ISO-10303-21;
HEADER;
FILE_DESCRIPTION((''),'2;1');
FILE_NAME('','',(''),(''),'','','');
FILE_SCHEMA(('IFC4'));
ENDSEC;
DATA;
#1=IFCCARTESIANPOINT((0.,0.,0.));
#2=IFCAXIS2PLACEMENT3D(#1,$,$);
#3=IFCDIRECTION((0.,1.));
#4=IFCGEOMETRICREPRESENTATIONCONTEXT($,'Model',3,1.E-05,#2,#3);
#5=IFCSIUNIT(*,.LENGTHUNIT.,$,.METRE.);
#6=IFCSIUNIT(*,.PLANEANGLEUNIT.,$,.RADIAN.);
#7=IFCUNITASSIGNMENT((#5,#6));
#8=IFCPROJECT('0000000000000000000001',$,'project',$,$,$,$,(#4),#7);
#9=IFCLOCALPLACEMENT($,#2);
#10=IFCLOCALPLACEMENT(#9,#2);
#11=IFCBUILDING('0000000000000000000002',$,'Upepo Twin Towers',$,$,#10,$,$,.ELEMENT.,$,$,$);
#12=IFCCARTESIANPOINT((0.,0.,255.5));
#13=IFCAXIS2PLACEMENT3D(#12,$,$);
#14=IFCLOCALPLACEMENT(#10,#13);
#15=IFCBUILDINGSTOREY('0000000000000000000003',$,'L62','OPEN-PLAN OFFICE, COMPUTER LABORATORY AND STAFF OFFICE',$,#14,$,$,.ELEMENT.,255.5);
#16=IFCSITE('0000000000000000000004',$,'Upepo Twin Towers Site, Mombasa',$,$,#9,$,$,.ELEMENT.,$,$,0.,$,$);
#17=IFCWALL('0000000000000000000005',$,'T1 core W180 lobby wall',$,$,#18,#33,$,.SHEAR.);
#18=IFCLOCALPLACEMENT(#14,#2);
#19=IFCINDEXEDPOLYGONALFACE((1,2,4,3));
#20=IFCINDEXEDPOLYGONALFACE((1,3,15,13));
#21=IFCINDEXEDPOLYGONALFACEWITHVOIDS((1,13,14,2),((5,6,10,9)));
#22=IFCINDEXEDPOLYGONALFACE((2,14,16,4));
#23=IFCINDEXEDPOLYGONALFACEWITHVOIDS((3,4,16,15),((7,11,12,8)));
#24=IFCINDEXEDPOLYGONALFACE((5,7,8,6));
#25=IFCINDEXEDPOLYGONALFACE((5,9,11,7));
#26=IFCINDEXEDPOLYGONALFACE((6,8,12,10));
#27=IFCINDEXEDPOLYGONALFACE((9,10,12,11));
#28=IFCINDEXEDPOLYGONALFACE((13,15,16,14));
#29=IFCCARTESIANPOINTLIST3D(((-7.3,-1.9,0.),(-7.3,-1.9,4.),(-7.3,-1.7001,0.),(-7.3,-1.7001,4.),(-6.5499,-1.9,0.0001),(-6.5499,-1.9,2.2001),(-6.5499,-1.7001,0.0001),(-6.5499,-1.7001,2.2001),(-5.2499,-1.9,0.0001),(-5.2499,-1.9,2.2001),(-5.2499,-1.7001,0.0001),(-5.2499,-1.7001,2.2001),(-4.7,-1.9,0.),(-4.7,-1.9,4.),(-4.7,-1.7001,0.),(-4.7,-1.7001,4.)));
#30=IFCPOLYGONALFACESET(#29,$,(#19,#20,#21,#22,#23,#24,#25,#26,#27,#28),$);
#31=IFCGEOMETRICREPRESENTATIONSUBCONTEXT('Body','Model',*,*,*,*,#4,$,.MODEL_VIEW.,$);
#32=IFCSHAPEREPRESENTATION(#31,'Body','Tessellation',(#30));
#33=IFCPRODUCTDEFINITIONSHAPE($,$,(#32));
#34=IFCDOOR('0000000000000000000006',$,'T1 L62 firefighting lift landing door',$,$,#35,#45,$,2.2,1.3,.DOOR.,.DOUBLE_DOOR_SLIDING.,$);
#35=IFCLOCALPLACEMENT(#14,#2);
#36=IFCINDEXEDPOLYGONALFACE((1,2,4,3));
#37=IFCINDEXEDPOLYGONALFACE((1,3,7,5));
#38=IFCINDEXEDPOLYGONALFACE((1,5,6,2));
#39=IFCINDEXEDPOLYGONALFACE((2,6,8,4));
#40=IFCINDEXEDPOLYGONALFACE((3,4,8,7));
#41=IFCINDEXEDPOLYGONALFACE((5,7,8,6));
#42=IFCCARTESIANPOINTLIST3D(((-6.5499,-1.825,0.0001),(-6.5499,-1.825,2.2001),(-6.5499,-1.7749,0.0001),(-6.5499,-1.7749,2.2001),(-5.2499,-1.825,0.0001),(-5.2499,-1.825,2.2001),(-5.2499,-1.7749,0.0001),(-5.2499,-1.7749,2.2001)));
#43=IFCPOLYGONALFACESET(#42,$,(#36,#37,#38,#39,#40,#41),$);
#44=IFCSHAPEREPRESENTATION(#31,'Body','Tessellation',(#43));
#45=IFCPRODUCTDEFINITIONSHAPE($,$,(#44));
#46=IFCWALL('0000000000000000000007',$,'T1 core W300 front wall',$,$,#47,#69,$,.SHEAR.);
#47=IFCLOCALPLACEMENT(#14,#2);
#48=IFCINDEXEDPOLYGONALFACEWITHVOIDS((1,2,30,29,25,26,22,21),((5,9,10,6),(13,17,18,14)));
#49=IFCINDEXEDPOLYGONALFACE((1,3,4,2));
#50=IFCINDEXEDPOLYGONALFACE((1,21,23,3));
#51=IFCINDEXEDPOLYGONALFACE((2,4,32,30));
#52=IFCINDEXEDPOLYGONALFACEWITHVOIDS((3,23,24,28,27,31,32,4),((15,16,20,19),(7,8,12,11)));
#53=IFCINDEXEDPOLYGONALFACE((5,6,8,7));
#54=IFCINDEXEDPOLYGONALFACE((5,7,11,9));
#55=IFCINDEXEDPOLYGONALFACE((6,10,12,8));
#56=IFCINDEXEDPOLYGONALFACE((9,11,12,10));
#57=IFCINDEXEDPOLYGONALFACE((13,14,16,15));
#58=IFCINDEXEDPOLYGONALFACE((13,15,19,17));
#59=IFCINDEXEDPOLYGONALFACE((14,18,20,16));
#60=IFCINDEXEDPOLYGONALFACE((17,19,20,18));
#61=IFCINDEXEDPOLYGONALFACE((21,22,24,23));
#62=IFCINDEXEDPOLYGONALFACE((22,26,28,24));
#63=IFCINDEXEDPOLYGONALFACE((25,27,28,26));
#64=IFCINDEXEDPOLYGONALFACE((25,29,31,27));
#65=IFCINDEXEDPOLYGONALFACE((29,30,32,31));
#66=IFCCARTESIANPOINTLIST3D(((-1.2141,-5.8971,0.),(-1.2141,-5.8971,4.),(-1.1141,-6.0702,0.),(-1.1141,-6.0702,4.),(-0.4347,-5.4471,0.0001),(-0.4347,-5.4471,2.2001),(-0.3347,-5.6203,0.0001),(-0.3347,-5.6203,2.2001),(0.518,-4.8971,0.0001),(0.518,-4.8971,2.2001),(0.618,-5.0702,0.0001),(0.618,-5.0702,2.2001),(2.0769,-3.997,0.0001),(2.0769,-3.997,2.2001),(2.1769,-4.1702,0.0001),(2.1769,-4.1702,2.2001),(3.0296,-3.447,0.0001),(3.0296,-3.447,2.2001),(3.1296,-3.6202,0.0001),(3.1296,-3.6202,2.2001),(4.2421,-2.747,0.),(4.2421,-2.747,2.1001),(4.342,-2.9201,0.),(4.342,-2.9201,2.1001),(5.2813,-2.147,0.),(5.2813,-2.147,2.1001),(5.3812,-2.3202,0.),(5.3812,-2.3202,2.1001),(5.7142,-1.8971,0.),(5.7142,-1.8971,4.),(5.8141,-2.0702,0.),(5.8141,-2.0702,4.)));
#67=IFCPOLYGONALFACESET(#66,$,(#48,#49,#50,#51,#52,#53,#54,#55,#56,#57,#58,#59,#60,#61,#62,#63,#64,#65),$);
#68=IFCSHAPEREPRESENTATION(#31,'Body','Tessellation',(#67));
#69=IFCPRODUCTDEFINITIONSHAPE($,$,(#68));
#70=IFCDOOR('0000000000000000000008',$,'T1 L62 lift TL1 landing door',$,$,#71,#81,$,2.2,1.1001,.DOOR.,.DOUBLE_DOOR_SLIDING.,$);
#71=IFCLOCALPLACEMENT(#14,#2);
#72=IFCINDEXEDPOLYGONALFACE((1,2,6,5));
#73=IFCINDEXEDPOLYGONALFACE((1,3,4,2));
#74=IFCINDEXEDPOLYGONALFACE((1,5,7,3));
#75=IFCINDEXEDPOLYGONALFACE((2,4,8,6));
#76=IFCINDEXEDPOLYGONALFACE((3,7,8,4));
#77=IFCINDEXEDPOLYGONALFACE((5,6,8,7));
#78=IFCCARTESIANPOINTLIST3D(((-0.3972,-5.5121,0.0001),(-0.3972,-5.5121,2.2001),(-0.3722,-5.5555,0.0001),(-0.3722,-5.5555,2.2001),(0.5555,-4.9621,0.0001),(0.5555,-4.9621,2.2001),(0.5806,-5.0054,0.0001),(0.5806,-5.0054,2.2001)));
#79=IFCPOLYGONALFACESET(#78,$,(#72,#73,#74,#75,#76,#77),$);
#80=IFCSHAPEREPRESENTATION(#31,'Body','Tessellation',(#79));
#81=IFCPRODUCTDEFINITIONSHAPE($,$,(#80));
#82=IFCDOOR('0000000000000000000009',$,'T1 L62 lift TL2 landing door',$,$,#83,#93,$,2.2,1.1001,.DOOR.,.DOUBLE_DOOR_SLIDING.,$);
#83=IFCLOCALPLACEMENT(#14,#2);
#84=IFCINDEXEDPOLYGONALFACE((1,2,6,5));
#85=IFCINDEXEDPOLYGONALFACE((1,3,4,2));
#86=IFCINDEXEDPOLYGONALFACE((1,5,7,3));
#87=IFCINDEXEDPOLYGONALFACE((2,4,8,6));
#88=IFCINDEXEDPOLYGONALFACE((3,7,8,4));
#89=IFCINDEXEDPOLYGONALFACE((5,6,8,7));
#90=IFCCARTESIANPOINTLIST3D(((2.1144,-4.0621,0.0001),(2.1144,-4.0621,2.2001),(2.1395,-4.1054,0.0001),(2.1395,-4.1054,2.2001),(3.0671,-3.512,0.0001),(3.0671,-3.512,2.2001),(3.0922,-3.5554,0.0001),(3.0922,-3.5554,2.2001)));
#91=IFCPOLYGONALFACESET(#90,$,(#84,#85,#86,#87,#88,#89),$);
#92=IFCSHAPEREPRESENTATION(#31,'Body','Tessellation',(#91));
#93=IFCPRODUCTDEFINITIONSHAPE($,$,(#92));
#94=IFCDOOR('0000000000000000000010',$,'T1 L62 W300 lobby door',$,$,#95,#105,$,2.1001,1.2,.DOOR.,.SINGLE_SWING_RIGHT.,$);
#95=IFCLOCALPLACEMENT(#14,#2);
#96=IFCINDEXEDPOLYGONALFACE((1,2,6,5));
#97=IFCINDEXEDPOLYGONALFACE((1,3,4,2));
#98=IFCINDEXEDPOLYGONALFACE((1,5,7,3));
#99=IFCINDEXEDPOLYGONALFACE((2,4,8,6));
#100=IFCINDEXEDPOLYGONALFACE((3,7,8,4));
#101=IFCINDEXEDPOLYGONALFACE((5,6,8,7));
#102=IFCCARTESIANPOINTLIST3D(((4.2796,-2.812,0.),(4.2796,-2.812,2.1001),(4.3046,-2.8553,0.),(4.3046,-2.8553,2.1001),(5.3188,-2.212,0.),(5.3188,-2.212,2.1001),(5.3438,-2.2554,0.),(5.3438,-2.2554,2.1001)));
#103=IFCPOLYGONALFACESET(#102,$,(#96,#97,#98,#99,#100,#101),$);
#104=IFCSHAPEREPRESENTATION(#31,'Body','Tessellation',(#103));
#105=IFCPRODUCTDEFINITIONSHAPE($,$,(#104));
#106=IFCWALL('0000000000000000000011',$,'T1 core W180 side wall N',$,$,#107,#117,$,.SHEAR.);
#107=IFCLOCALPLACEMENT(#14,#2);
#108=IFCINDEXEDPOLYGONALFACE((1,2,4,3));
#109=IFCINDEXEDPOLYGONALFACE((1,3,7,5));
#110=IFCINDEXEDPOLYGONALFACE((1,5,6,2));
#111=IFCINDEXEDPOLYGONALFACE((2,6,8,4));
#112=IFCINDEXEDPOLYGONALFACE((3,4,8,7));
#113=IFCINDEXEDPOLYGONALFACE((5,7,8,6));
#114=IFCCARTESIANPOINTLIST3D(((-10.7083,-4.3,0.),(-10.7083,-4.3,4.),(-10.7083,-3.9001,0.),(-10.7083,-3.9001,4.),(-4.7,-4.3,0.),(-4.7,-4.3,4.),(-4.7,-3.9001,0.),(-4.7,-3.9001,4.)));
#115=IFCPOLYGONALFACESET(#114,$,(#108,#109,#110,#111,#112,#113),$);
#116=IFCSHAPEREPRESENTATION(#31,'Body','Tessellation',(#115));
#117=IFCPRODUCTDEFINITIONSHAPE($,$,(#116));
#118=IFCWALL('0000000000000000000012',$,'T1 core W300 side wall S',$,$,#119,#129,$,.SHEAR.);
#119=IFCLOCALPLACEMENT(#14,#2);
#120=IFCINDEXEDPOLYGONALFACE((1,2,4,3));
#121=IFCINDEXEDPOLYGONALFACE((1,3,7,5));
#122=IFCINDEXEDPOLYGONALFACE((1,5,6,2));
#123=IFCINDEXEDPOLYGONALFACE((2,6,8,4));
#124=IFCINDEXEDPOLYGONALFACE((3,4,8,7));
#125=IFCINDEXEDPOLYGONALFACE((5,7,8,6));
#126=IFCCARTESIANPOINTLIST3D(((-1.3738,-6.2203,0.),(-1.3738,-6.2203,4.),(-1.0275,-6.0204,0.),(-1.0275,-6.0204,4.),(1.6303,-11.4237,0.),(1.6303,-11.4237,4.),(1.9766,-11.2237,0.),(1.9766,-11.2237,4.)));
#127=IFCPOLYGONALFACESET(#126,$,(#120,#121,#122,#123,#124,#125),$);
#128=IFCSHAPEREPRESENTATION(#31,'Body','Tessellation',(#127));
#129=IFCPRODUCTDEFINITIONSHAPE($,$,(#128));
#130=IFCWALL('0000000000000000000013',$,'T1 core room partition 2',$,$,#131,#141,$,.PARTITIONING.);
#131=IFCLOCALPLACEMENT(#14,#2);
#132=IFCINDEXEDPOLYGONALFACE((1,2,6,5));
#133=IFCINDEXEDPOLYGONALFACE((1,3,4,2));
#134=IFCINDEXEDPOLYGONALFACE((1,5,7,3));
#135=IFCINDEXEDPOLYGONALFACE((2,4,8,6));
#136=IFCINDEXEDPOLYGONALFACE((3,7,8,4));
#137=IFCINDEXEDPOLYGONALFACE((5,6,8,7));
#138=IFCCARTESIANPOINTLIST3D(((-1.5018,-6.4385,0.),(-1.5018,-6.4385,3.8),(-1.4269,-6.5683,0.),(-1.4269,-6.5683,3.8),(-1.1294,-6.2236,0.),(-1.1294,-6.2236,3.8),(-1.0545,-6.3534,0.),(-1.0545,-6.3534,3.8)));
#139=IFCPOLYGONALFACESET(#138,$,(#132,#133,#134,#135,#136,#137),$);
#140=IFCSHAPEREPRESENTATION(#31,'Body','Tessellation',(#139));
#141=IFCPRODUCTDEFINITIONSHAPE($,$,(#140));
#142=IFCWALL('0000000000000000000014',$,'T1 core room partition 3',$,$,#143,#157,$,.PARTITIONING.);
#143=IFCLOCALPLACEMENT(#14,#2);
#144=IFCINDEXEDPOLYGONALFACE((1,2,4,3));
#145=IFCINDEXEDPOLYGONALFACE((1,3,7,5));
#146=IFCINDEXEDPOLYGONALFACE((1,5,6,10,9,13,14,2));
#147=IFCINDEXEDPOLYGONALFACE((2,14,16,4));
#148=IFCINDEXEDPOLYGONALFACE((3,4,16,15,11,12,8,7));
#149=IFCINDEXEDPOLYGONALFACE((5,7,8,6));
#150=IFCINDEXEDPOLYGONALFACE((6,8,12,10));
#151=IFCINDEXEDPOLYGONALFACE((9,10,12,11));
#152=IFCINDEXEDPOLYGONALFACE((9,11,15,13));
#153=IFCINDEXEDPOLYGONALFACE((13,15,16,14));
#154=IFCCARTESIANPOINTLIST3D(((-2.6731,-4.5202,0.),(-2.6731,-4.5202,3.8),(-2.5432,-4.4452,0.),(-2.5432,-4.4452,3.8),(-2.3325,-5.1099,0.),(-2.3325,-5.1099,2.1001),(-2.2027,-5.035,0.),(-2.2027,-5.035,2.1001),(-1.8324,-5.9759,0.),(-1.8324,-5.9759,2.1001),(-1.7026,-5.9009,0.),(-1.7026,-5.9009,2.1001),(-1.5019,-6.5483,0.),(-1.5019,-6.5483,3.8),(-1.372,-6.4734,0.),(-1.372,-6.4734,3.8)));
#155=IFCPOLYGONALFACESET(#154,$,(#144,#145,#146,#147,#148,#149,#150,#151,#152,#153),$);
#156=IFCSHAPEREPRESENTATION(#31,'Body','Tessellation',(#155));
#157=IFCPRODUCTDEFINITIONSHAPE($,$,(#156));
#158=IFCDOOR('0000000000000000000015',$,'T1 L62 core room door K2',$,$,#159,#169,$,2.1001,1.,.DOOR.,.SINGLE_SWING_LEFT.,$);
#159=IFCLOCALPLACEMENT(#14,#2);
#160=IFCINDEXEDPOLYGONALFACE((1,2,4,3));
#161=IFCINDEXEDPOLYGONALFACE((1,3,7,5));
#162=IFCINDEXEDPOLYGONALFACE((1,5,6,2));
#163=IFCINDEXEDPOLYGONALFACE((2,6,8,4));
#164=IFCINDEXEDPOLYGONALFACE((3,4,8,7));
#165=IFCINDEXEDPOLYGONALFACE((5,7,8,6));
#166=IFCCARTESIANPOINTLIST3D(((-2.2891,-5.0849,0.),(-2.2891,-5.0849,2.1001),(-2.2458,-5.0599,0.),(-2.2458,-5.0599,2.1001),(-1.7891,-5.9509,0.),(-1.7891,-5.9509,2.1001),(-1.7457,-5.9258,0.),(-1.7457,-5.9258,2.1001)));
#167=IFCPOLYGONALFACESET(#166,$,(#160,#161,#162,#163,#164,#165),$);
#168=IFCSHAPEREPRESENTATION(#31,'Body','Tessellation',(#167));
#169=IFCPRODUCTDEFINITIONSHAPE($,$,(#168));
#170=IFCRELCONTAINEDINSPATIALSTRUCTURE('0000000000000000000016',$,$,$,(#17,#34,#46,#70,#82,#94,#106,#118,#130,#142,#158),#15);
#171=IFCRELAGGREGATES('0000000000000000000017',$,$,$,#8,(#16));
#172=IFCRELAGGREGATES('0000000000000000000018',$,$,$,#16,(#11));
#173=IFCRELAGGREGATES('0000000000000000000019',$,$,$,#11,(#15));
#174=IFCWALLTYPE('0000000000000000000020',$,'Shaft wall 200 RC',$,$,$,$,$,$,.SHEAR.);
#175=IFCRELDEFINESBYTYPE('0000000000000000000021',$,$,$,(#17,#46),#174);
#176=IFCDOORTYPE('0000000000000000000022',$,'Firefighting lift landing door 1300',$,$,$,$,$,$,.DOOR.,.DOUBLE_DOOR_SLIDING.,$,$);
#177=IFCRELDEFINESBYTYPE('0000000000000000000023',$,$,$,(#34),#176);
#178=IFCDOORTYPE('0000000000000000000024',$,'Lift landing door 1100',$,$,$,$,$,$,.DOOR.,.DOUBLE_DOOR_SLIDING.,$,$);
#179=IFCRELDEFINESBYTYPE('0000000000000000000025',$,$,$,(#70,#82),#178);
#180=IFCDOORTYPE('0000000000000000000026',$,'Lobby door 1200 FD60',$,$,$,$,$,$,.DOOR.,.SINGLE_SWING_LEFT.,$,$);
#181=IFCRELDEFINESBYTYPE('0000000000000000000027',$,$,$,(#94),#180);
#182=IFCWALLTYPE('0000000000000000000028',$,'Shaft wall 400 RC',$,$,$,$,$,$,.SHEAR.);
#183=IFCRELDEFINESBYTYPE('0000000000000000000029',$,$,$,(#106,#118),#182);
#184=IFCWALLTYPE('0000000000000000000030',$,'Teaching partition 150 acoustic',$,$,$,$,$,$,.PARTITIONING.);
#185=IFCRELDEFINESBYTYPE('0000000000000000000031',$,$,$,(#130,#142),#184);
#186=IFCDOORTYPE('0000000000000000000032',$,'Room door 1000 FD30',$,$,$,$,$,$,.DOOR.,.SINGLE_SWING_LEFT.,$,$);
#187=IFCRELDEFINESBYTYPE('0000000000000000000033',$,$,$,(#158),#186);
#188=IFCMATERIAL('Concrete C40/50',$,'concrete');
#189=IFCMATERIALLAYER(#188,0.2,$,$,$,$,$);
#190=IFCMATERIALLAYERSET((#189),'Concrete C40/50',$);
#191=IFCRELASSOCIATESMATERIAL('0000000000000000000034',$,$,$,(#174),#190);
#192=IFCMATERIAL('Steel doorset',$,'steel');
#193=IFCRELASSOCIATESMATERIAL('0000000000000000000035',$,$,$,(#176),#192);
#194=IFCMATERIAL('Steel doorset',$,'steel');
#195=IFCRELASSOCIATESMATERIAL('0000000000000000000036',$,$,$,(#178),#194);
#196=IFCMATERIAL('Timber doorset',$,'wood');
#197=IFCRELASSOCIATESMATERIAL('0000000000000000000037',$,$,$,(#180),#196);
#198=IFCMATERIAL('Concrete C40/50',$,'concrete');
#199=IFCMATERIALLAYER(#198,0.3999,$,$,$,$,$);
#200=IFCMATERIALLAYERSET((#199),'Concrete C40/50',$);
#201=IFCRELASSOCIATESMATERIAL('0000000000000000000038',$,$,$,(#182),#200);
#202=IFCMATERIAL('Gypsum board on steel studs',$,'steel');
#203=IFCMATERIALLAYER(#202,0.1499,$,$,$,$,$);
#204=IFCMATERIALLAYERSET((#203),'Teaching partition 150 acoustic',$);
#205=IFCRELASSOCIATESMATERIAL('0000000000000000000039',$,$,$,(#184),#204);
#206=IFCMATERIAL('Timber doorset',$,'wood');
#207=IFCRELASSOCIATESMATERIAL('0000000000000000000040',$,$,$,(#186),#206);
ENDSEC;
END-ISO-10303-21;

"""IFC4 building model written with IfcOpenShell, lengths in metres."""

from ifc_helpers import new_model, si_unit, direction, frame, frame_2d, origin, place, context, subcontext, project, spatial, rectangle, extrude, material, layer, layer_set, type_object, element, fill, save


model = new_model("IFC4")

# Units and contexts
model_context = context("Model", 3, precision=1e-05, world=origin(), true_north=direction((0.0, 1.0)))
body_context = subcontext(model_context, "Body", "Model", "MODEL_VIEW")
ifc_project = project(units=[si_unit("LENGTHUNIT", "METRE"), si_unit("PLANEANGLEUNIT", "RADIAN")], contexts=[model_context])

# Site, building, storey
site_placement = place(None, origin())
site = spatial("IfcSite", under=ifc_project, at=site_placement, Name="Upepo Twin Towers Site, Mombasa", CompositionType="ELEMENT", RefElevation=0.0)
building_placement = place(site_placement, origin())
building = spatial("IfcBuilding", under=site, at=building_placement, Name="Upepo Twin Towers", CompositionType="ELEMENT")
storey_placement = place(building_placement, frame((0.0, 0.0, 255.5)))
storey = spatial("IfcBuildingStorey", under=building, at=storey_placement, Name="L62", Description="OPEN-PLAN OFFICE, COMPUTER LABORATORY AND STAFF OFFICE", CompositionType="ELEMENT", Elevation=255.5)

# Wall, opening, door
ifc_material_1 = material(Name="Concrete C40/50", Category="concrete")
ifc_layer_1 = layer(ifc_material_1, 0.2)
ifc_layer_set_1 = layer_set([ifc_layer_1], Name="Concrete C40/50")
wall_type_1 = type_object("IfcWallType", Name="Shaft wall 200 RC", PredefinedType="SHEAR", material=ifc_layer_set_1)
wall_1_placement = place(storey_placement, frame((-4.7, -1.8, 0.0), z_axis=(0.0, 0.0, 1.0), x_axis=(-1.0, 0.0, 0.0)))
wall_1 = element("IfcWall", 1, at=wall_1_placement, inside=storey, type_object=wall_type_1, Name="T1 core W180 lobby wall", PredefinedType="SHEAR", context=body_context, shape_type="SweptSolid", body=[
    extrude(rectangle(XDim=2.6001, YDim=0.2, at=frame_2d((1.3, 0.0))), origin(), (0.0, 0.0, 1.0), 4.0),
])
opening_1_placement = place(wall_1_placement, frame((0.55, 0.0, 0.0)))
opening_1 = element("IfcOpeningElement", 2, at=opening_1_placement, cuts=wall_1, PredefinedType="OPENING", context=body_context, shape_type="SweptSolid", body=[
    extrude(rectangle(XDim=1.3, YDim=2.2, at=frame_2d((0.6499, 1.1001))), frame((0.0, 0.1099, 0.0), z_axis=(0.0, -1.0, 0.0), x_axis=(1.0, 0.0, 0.0)), (0.0, 0.0, 1.0), 0.22),
])
ifc_material_2 = material(Name="Steel doorset", Category="steel")
door_type_1 = type_object("IfcDoorType", Name="Firefighting lift landing door 1300", OperationType="DOUBLE_DOOR_SLIDING", PredefinedType="DOOR", material=ifc_material_2)
door_1_placement = place(opening_1_placement, origin())
door_1 = element("IfcDoor", 3, at=door_1_placement, inside=storey, type_object=door_type_1, Name="T1 L62 firefighting lift landing door", OperationType="DOUBLE_DOOR_SLIDING", OverallHeight=2.2, OverallWidth=1.3, PredefinedType="DOOR", context=body_context, shape_type="SweptSolid", body=[
    extrude(rectangle(XDim=1.3, YDim=2.2, at=frame_2d((0.6499, 1.1001))), frame((0.0, 0.0249, 0.0), z_axis=(0.0, -1.0, 0.0), x_axis=(1.0, 0.0, 0.0)), (0.0, 0.0, 1.0), 0.05),
])
fill(opening_1, door_1)

# Wall, openings, doors
wall_2_placement = place(storey_placement, frame((-1.1641, -5.9836, 0.0), z_axis=(0.0, 0.0, 1.0), x_axis=(0.866026, 0.499999, 0.0)))
wall_2 = element("IfcWall", 4, at=wall_2_placement, inside=storey, type_object=wall_type_1, Name="T1 core W300 front wall", PredefinedType="SHEAR", context=body_context, shape_type="SweptSolid", body=[
    extrude(rectangle(XDim=8.0, YDim=0.2, at=frame_2d((4.0, 0.0))), origin(), (0.0, 0.0, 1.0), 4.0),
])
opening_2_placement = place(wall_2_placement, frame((6.3, 0.0, 0.0)))
opening_2 = element("IfcOpeningElement", 5, at=opening_2_placement, cuts=wall_2, PredefinedType="OPENING", context=body_context, shape_type="SweptSolid", body=[
    extrude(rectangle(XDim=1.2, YDim=2.1001, at=frame_2d((0.6001, 1.05))), frame((0.0, 0.1099, 0.0), z_axis=(0.0, -1.0, 0.0), x_axis=(1.0, 0.0, 0.0)), (0.0, 0.0, 1.0), 0.22),
])
opening_3_placement = place(wall_2_placement, frame((0.8999, 0.0, 0.0)))
opening_3 = element("IfcOpeningElement", 6, at=opening_3_placement, cuts=wall_2, PredefinedType="OPENING", context=body_context, shape_type="SweptSolid", body=[
    extrude(rectangle(XDim=1.1001, YDim=2.2, at=frame_2d((0.55, 1.1001))), frame((0.0, 0.1099, 0.0), z_axis=(0.0, -1.0, 0.0), x_axis=(1.0, 0.0, 0.0)), (0.0, 0.0, 1.0), 0.22),
])
opening_4_placement = place(wall_2_placement, frame((3.8, 0.0, 0.0)))
opening_4 = element("IfcOpeningElement", 7, at=opening_4_placement, cuts=wall_2, PredefinedType="OPENING", context=body_context, shape_type="SweptSolid", body=[
    extrude(rectangle(XDim=1.1001, YDim=2.2, at=frame_2d((0.55, 1.1001))), frame((0.0, 0.1099, 0.0), z_axis=(0.0, -1.0, 0.0), x_axis=(1.0, 0.0, 0.0)), (0.0, 0.0, 1.0), 0.22),
])
ifc_material_3 = material(Name="Steel doorset", Category="steel")
door_type_2 = type_object("IfcDoorType", Name="Lift landing door 1100", OperationType="DOUBLE_DOOR_SLIDING", PredefinedType="DOOR", material=ifc_material_3)
door_2_placement = place(opening_3_placement, origin())
door_2 = element("IfcDoor", 8, at=door_2_placement, inside=storey, type_object=door_type_2, Name="T1 L62 lift TL1 landing door", OperationType="DOUBLE_DOOR_SLIDING", OverallHeight=2.2, OverallWidth=1.1001, PredefinedType="DOOR", context=body_context, shape_type="SweptSolid", body=[
    extrude(rectangle(XDim=1.1001, YDim=2.2, at=frame_2d((0.55, 1.1001))), frame((0.0, 0.0249, 0.0), z_axis=(0.0, -1.0, 0.0), x_axis=(1.0, 0.0, 0.0)), (0.0, 0.0, 1.0), 0.05),
])
fill(opening_3, door_2)
door_3_placement = place(opening_4_placement, origin())
door_3 = element("IfcDoor", 9, at=door_3_placement, inside=storey, type_object=door_type_2, Name="T1 L62 lift TL2 landing door", OperationType="DOUBLE_DOOR_SLIDING", OverallHeight=2.2, OverallWidth=1.1001, PredefinedType="DOOR", context=body_context, shape_type="SweptSolid", body=[
    extrude(rectangle(XDim=1.1001, YDim=2.2, at=frame_2d((0.55, 1.1001))), frame((0.0, 0.0249, 0.0), z_axis=(0.0, -1.0, 0.0), x_axis=(1.0, 0.0, 0.0)), (0.0, 0.0, 1.0), 0.05),
])
fill(opening_4, door_3)
ifc_material_4 = material(Name="Timber doorset", Category="wood")
door_type_3 = type_object("IfcDoorType", Name="Lobby door 1200 FD60", OperationType="SINGLE_SWING_LEFT", PredefinedType="DOOR", material=ifc_material_4)
door_4_placement = place(opening_2_placement, origin())
door_4 = element("IfcDoor", 10, at=door_4_placement, inside=storey, type_object=door_type_3, Name="T1 L62 W300 lobby door", OperationType="SINGLE_SWING_RIGHT", OverallHeight=2.1001, OverallWidth=1.2, PredefinedType="DOOR", context=body_context, shape_type="SweptSolid", body=[
    extrude(rectangle(XDim=1.2, YDim=2.1001, at=frame_2d((0.6001, 1.05))), frame((0.0, 0.0249, 0.0), z_axis=(0.0, -1.0, 0.0), x_axis=(1.0, 0.0, 0.0)), (0.0, 0.0, 1.0), 0.05),
])
fill(opening_2, door_4)

# Walls
ifc_material_5 = material(Name="Concrete C40/50", Category="concrete")
ifc_layer_2 = layer(ifc_material_5, 0.3999)
ifc_layer_set_2 = layer_set([ifc_layer_2], Name="Concrete C40/50")
wall_type_2 = type_object("IfcWallType", Name="Shaft wall 400 RC", PredefinedType="SHEAR", material=ifc_layer_set_2)
for number, where, z_axis, x_axis, name in (
    (11, (-4.7, -4.1001, 0.0), (0.0, 0.0, 1.0), (-1.0, 0.0, 0.0), "T1 core W180 side wall N"),
    (12, (-1.2007, -6.1204, 0.0), (0.0, 0.0, 1.0), (0.499998, -0.866027, 0.0), "T1 core W300 side wall S"),
):
    element("IfcWall", number, at=place(storey_placement, frame(where, z_axis=z_axis, x_axis=x_axis)), inside=storey, type_object=wall_type_2, Name=name, PredefinedType="SHEAR", context=body_context, shape_type="SweptSolid", body=[
        extrude(rectangle(XDim=6.0083, YDim=0.3999, at=frame_2d((3.0042, 0.0))), origin(), (0.0, 0.0, 1.0), 4.0),
    ])
ifc_material_6 = material(Name="Gypsum board on steel studs", Category="steel")
ifc_layer_3 = layer(ifc_material_6, 0.1499)
ifc_layer_set_3 = layer_set([ifc_layer_3], Name="Teaching partition 150 acoustic")
wall_type_3 = type_object("IfcWallType", Name="Teaching partition 150 acoustic", PredefinedType="PARTITIONING", material=ifc_layer_set_3)
wall_3_placement = place(storey_placement, frame((-1.092, -6.2886, 0.0), z_axis=(0.0, 0.0, 1.0), x_axis=(-0.866138, -0.499804, 0.0)))
element("IfcWall", 13, at=wall_3_placement, inside=storey, type_object=wall_type_3, Name="T1 core room partition 2", PredefinedType="PARTITIONING", context=body_context, shape_type="SweptSolid", body=[
    extrude(rectangle(XDim=0.4299, YDim=0.1499, at=frame_2d((0.2148, 0.0))), origin(), (0.0, 0.0, 1.0), 3.8),
])

# Wall, opening, door
wall_4_placement = place(storey_placement, frame((-1.437, -6.5107, 0.0), z_axis=(0.0, 0.0, 1.0), x_axis=(-0.500074, 0.865982, 0.0)))
wall_4 = element("IfcWall", 14, at=wall_4_placement, inside=storey, type_object=wall_type_3, Name="T1 core room partition 3", PredefinedType="PARTITIONING", context=body_context, shape_type="SweptSolid", body=[
    extrude(rectangle(XDim=2.342, YDim=0.1499, at=frame_2d((1.1709, 0.0))), origin(), (0.0, 0.0, 1.0), 3.8),
])
opening_5_placement = place(wall_4_placement, frame((0.6609, 0.0, 0.0)))
opening_5 = element("IfcOpeningElement", 15, at=opening_5_placement, cuts=wall_4, PredefinedType="OPENING", context=body_context, shape_type="SweptSolid", body=[
    extrude(rectangle(XDim=1.0, YDim=2.1001, at=frame_2d((0.5, 1.05))), frame((0.0, 0.085, 0.0), z_axis=(0.0, -1.0, 0.0), x_axis=(1.0, 0.0, 0.0)), (0.0, 0.0, 1.0), 0.1699),
])
ifc_material_7 = material(Name="Timber doorset", Category="wood")
door_type_4 = type_object("IfcDoorType", Name="Room door 1000 FD30", OperationType="SINGLE_SWING_LEFT", PredefinedType="DOOR", material=ifc_material_7)
door_5_placement = place(opening_5_placement, origin())
door_5 = element("IfcDoor", 16, at=door_5_placement, inside=storey, type_object=door_type_4, Name="T1 L62 core room door K2", OperationType="SINGLE_SWING_LEFT", OverallHeight=2.1001, OverallWidth=1.0, PredefinedType="DOOR", context=body_context, shape_type="SweptSolid", body=[
    extrude(rectangle(XDim=1.0, YDim=2.1001, at=frame_2d((0.5, 1.05))), frame((0.0, 0.0249, 0.0), z_axis=(0.0, -1.0, 0.0), x_axis=(1.0, 0.0, 0.0)), (0.0, 0.0, 1.0), 0.05),
])
fill(opening_5, door_5)

save(model, "model.ifc")
